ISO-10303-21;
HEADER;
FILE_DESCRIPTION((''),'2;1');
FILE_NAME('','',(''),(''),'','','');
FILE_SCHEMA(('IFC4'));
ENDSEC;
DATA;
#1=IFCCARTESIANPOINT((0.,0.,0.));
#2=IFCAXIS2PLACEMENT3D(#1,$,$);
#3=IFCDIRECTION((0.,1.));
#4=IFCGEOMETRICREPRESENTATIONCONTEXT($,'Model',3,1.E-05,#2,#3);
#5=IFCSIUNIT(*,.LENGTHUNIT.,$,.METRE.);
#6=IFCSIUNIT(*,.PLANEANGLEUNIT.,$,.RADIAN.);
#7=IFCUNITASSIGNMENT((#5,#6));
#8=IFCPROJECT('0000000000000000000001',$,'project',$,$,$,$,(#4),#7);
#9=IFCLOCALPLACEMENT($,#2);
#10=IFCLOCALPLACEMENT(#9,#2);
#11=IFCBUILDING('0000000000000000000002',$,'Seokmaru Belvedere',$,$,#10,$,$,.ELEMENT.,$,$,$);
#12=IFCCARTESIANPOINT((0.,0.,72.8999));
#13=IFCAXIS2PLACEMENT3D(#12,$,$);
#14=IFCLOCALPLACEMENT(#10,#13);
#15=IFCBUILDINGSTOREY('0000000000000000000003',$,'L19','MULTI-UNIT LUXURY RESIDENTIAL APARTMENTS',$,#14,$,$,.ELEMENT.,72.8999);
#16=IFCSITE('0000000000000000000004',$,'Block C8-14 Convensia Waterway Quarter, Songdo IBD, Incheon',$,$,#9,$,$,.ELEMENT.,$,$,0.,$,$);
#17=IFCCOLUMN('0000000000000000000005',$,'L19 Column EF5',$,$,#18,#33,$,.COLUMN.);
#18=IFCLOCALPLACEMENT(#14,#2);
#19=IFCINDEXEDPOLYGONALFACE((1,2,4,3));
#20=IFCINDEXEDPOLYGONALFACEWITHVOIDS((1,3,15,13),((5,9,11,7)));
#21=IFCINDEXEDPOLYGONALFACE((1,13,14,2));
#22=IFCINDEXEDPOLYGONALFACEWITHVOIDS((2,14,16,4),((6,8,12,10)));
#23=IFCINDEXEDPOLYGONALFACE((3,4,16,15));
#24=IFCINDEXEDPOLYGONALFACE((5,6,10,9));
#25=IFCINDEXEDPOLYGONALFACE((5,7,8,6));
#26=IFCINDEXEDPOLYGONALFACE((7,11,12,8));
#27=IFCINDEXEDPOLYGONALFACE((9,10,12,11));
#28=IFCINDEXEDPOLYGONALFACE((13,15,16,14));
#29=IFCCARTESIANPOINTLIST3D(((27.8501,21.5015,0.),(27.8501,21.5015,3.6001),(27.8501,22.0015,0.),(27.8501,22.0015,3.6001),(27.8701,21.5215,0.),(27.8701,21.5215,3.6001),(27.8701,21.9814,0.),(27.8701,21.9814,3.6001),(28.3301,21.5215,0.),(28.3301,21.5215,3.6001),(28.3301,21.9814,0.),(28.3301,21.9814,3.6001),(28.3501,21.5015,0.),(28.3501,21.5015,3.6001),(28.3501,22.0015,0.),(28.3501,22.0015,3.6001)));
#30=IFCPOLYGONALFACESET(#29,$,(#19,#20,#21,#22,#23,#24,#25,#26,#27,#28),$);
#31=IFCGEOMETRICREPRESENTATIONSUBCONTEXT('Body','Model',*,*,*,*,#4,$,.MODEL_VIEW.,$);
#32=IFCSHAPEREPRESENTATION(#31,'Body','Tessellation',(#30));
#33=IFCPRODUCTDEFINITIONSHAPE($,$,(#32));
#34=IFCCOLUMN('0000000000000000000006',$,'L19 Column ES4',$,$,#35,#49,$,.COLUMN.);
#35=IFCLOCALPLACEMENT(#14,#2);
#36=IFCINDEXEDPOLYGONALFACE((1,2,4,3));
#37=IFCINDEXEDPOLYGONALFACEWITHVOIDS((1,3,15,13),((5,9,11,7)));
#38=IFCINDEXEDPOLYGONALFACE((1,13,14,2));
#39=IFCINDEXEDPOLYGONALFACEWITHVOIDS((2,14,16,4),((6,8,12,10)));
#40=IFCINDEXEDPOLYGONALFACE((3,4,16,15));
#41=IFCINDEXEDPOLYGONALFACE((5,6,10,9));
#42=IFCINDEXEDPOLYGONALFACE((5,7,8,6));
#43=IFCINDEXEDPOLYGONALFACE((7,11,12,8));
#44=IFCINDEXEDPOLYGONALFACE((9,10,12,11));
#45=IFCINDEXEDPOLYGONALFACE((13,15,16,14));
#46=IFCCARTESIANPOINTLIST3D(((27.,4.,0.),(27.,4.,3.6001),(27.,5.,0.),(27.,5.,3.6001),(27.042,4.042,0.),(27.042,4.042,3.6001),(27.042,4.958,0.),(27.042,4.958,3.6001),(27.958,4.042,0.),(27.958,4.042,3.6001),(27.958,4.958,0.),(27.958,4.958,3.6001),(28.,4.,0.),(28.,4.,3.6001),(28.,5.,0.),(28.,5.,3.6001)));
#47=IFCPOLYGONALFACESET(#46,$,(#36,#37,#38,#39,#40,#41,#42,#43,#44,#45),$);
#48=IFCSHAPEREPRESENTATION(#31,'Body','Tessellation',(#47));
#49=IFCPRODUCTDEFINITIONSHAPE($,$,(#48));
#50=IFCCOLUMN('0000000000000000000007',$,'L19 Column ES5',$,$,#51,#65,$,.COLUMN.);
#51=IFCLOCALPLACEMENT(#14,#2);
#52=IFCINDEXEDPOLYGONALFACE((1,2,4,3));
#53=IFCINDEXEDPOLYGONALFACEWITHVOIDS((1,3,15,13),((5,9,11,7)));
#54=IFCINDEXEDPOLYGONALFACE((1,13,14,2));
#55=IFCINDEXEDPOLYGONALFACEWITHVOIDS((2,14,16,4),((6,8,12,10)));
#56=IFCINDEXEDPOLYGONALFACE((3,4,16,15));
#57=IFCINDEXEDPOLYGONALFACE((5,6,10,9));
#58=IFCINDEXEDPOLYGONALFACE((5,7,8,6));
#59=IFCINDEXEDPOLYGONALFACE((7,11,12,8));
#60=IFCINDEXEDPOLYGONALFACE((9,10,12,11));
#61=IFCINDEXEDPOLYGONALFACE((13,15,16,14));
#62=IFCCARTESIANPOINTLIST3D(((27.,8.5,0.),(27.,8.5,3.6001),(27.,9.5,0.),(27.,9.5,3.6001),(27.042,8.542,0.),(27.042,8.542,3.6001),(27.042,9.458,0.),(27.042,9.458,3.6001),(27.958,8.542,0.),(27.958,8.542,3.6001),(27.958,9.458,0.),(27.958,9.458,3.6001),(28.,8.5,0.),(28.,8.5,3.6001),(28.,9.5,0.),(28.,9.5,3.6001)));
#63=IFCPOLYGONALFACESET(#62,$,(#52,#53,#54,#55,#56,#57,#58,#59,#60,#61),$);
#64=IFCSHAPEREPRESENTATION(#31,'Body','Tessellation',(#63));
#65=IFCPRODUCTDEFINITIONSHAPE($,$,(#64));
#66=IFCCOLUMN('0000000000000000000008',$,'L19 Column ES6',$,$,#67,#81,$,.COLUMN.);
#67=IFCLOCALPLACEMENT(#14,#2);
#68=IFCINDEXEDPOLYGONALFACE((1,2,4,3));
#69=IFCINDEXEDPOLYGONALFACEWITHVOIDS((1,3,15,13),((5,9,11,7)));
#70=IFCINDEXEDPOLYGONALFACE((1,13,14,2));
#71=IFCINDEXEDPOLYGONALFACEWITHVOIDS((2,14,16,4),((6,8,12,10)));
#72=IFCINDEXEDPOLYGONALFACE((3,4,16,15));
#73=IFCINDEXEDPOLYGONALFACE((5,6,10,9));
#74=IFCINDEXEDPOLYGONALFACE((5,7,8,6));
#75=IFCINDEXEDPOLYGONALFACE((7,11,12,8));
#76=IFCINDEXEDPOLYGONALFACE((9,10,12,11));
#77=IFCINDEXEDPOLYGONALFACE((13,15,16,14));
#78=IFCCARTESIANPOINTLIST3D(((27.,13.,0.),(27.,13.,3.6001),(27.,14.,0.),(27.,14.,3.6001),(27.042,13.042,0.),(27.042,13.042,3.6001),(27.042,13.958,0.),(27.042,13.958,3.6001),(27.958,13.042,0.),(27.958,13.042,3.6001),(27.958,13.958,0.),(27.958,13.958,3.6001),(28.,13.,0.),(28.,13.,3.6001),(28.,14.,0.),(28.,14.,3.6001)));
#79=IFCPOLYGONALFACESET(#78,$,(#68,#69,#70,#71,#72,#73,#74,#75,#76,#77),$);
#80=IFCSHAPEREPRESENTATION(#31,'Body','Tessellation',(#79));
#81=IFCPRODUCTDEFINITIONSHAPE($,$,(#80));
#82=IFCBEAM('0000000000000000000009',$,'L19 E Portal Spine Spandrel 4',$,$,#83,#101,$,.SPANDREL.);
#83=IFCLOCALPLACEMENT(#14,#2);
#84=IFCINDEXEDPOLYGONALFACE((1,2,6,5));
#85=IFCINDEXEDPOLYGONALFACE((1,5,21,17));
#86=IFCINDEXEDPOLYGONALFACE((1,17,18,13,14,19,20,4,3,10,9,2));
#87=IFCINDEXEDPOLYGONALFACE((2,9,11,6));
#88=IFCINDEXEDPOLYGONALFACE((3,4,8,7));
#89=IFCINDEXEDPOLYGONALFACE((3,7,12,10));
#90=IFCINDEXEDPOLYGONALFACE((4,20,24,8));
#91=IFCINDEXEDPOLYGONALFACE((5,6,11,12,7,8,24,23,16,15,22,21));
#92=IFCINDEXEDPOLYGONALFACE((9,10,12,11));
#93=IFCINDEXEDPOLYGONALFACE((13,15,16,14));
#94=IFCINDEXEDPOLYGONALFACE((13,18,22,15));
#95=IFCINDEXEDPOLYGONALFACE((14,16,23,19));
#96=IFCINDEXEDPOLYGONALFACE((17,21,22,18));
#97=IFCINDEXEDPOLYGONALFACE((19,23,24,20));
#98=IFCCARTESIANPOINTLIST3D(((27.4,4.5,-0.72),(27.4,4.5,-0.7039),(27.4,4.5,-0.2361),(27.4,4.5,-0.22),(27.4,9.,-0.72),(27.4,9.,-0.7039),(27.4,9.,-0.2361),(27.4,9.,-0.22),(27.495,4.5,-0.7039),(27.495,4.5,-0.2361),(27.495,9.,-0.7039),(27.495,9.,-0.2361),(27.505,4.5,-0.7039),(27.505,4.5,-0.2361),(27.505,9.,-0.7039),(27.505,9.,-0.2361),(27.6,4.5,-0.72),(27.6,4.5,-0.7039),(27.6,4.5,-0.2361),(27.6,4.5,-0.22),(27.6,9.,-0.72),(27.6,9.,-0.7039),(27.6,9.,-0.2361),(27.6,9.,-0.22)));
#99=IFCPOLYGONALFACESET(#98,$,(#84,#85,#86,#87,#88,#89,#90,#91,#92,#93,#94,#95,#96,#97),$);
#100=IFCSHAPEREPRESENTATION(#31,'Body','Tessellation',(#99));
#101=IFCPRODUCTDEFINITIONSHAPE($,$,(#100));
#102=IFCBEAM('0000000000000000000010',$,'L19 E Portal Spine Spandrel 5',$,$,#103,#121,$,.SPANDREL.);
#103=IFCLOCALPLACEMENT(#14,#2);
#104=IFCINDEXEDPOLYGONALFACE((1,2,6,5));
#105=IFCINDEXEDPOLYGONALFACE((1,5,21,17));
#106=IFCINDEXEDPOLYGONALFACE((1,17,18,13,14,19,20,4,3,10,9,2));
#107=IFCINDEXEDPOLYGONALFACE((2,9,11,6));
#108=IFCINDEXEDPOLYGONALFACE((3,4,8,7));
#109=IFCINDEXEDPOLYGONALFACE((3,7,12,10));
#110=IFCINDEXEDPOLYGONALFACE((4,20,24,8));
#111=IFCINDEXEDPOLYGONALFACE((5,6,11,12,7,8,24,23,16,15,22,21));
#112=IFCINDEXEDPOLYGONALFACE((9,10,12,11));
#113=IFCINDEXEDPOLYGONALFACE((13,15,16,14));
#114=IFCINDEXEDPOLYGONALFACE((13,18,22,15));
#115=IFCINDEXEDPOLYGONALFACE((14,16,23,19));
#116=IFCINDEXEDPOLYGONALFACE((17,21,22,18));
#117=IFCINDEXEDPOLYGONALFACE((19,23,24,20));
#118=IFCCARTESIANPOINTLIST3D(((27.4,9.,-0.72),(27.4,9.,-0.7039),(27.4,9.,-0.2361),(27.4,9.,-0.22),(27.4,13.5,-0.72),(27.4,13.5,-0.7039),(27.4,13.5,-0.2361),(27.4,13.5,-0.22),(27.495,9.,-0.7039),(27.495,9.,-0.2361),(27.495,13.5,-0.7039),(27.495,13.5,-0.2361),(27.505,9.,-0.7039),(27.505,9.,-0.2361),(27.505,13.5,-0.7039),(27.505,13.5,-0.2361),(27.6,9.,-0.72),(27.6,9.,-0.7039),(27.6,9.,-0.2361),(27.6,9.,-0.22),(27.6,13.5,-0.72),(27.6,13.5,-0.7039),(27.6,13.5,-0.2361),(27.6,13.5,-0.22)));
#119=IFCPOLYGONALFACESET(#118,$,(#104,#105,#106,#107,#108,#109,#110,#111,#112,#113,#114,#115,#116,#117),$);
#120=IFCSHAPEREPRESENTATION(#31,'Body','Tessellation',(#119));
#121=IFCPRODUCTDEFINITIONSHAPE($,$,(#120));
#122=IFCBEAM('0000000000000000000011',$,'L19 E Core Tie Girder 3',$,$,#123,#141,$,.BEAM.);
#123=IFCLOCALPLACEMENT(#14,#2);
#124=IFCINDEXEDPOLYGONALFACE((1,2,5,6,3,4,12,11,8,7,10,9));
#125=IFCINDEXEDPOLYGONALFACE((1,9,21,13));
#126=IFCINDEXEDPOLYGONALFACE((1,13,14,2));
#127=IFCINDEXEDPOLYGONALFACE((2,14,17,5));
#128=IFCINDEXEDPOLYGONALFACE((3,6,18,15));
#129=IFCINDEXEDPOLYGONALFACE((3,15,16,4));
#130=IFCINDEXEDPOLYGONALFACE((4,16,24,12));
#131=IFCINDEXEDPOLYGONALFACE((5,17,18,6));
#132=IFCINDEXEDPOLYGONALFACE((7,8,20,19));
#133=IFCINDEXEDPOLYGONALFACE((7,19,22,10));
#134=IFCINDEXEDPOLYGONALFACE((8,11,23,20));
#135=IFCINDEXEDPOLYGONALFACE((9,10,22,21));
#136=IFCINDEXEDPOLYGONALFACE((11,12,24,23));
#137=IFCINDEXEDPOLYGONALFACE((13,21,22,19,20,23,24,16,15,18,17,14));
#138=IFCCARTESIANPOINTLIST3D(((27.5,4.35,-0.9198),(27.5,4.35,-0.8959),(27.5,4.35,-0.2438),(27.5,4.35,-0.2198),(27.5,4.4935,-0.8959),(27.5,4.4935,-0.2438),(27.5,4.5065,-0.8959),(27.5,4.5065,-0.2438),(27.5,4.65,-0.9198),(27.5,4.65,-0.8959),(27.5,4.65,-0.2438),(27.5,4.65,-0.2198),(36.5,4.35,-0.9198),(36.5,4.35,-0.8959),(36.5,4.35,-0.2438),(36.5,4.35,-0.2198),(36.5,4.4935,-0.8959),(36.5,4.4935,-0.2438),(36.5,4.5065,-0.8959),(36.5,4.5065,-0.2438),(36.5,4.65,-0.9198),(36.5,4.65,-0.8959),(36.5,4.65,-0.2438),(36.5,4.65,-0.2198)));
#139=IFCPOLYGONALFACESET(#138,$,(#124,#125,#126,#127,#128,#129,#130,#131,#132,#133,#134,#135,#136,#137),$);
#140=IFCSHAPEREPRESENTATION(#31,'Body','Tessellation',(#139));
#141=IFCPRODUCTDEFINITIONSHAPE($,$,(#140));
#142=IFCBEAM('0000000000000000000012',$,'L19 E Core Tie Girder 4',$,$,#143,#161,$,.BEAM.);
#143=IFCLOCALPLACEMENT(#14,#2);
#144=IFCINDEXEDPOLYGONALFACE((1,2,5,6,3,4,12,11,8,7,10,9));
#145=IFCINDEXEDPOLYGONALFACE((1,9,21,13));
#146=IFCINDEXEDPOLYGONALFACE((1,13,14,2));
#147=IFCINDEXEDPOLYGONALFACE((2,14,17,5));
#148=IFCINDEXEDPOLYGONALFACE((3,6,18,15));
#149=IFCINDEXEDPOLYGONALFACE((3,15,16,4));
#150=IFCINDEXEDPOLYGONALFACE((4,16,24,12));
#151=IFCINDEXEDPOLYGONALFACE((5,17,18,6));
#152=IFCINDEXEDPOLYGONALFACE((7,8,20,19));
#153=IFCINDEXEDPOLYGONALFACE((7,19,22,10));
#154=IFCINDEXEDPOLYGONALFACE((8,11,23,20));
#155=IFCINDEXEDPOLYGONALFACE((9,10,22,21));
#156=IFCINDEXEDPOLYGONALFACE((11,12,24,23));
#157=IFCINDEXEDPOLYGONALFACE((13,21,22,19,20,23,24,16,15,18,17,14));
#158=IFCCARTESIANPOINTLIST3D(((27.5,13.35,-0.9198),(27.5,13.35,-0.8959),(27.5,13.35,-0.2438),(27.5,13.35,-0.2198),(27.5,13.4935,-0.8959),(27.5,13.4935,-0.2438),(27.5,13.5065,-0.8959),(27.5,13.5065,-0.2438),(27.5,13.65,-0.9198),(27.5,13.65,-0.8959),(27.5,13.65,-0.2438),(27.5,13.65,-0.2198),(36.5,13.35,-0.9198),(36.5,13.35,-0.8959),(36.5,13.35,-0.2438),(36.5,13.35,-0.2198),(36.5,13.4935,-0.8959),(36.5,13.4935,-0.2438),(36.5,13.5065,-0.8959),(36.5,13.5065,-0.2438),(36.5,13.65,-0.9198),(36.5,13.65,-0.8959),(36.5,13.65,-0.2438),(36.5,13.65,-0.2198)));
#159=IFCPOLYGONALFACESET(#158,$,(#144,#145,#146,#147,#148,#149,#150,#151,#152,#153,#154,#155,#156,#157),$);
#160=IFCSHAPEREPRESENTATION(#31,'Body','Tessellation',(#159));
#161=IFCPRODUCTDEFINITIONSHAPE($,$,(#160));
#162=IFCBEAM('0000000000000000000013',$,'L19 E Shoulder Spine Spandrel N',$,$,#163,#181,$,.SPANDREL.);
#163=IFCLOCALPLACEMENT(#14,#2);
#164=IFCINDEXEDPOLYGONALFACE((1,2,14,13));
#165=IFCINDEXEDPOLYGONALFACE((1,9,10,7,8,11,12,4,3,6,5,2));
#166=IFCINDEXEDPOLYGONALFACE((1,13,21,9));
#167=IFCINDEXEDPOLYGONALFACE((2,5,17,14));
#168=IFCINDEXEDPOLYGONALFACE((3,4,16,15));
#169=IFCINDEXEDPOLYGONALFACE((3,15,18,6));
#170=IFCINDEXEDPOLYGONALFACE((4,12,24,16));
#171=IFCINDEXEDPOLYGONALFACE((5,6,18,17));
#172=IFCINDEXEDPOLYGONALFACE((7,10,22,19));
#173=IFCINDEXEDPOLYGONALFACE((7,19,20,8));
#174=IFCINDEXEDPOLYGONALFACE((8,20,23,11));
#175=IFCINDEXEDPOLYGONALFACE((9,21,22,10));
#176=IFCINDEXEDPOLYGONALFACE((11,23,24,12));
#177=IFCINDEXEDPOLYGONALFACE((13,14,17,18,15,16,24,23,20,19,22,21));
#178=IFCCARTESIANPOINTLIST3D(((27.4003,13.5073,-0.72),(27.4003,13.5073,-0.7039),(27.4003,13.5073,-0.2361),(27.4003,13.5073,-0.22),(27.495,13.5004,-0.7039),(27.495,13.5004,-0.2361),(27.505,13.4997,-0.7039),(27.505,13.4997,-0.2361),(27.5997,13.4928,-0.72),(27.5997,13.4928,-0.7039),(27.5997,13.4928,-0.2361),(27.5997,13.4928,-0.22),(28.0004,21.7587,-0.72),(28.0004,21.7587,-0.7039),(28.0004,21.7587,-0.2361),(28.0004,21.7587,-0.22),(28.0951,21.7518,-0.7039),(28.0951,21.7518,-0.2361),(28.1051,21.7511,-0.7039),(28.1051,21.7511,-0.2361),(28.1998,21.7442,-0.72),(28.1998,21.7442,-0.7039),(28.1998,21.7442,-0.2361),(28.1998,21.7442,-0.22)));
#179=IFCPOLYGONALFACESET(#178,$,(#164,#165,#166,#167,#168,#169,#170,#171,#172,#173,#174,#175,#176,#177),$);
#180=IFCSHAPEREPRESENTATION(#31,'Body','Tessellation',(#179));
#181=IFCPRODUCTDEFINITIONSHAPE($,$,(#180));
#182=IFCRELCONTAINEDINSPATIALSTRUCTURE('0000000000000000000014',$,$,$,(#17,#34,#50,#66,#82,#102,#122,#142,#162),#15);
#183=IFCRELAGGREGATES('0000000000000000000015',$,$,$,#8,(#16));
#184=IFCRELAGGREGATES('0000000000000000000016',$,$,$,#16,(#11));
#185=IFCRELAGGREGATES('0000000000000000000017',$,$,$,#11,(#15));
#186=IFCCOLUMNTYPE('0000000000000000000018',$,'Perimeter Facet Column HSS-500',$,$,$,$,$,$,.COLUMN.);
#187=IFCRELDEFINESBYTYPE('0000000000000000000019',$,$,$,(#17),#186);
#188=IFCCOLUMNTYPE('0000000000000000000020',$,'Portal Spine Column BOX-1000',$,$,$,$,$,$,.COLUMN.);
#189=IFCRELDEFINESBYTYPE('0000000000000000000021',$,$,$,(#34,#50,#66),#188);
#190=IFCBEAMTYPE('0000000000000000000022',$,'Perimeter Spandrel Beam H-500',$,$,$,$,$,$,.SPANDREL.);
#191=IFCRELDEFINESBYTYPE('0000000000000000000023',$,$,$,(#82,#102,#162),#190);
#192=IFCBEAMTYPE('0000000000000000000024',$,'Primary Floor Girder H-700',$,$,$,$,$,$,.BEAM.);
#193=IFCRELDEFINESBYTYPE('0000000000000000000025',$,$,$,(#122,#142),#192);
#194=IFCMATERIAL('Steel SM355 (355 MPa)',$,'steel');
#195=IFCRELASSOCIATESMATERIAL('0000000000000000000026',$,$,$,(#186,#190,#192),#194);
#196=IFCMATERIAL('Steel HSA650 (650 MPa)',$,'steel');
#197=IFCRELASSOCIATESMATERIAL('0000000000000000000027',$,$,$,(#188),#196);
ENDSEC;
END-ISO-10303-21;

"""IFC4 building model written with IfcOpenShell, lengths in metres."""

from ifc_helpers import new_model, si_unit, direction, frame, origin, origin_2d, place, context, subcontext, project, spatial, hollow_rectangle, i_section, extrude, source, transform, mapped, material, material_profile, profile_set, type_object, type_shapes, element, save


model = new_model("IFC4")

# Units and contexts
model_context = context("Model", 3, precision=1e-05, world=origin(), true_north=direction((0.0, 1.0)))
body_context = subcontext(model_context, "Body", "Model", "MODEL_VIEW")
ifc_project = project(units=[si_unit("LENGTHUNIT", "METRE"), si_unit("PLANEANGLEUNIT", "RADIAN")], contexts=[model_context])

# Site, building, storey
site_placement = place(None, origin())
site = spatial("IfcSite", under=ifc_project, at=site_placement, Name="Block C8-14 Convensia Waterway Quarter, Songdo IBD, Incheon", CompositionType="ELEMENT", RefElevation=0.0)
building_placement = place(site_placement, origin())
building = spatial("IfcBuilding", under=site, at=building_placement, Name="Seokmaru Belvedere", CompositionType="ELEMENT")
storey_placement = place(building_placement, frame((0.0, 0.0, 72.8999)))
storey = spatial("IfcBuildingStorey", under=building, at=storey_placement, Name="L19", Description="MULTI-UNIT LUXURY RESIDENTIAL APARTMENTS", CompositionType="ELEMENT", Elevation=72.8999)

# Columns
ifc_material_1 = material(Name="Steel SM355 (355 MPa)", Category="steel")
ifc_material_profile_1 = material_profile(ifc_material_1, hollow_rectangle(XDim=0.5, YDim=0.5, WallThickness=0.02, at=origin_2d()), Name="HSS-500x500x20")
ifc_profile_set_1 = profile_set([ifc_material_profile_1], Name="Steel SM355 (355 MPa)")
column_type_1 = type_object("IfcColumnType", Name="Perimeter Facet Column HSS-500", PredefinedType="COLUMN", material=ifc_profile_set_1)
shared_shape_1 = source(origin(), body_context, "Body", "SweptSolid", [
    extrude(hollow_rectangle(XDim=0.5, YDim=0.5, WallThickness=0.02, at=origin_2d()), origin(), (0.0, 0.0, 1.0), 3.6001),
])
type_shapes(column_type_1, [shared_shape_1])
column_placement = place(storey_placement, frame((28.1001, 21.7515, 0.0), z_axis=(0.0, 0.0, 1.0), x_axis=(1.0, 0.0, 0.0)))
element("IfcColumn", 1, at=column_placement, inside=storey, type_object=column_type_1, Name="L19 Column EF5", PredefinedType="COLUMN", context=body_context, shape_type="MappedRepresentation", body=[
    mapped(shared_shape_1, transform((0.0, 0.0, 0.0), scale=1.0)),
])
ifc_material_2 = material(Name="Steel HSA650 (650 MPa)", Category="steel")
ifc_material_profile_2 = material_profile(ifc_material_2, hollow_rectangle(XDim=1.0, YDim=1.0, WallThickness=0.042, at=origin_2d()), Name="BOX-1000x1000x42")
ifc_profile_set_2 = profile_set([ifc_material_profile_2], Name="Steel HSA650 (650 MPa)")
column_type_2 = type_object("IfcColumnType", Name="Portal Spine Column BOX-1000", PredefinedType="COLUMN", material=ifc_profile_set_2)
shared_shape_2 = source(origin(), body_context, "Body", "SweptSolid", [
    extrude(hollow_rectangle(XDim=1.0, YDim=1.0, WallThickness=0.042, at=origin_2d()), origin(), (0.0, 0.0, 1.0), 3.6001),
])
type_shapes(column_type_2, [shared_shape_2])
for number, where, z_axis, x_axis, name in (
    (2, (27.5, 4.5, 0.0), (0.0, 0.0, 1.0), (1.0, 0.0, 0.0), "L19 Column ES4"),
    (3, (27.5, 9.0, 0.0), (0.0, 0.0, 1.0), (1.0, 0.0, 0.0), "L19 Column ES5"),
    (4, (27.5, 13.5, 0.0), (0.0, 0.0, 1.0), (1.0, 0.0, 0.0), "L19 Column ES6"),
):
    element("IfcColumn", number, at=place(storey_placement, frame(where, z_axis=z_axis, x_axis=x_axis)), inside=storey, type_object=column_type_2, Name=name, PredefinedType="COLUMN", context=body_context, shape_type="MappedRepresentation", body=[
        mapped(shared_shape_2, transform((0.0, 0.0, 0.0), scale=1.0)),
    ])

# Beams
ifc_material_profile_3 = material_profile(ifc_material_1, i_section(OverallWidth=0.2, OverallDepth=0.5, WebThickness=0.01, FlangeThickness=0.0161, at=origin_2d()), Name="H-500x200x10x16")
ifc_profile_set_3 = profile_set([ifc_material_profile_3], Name="Steel SM355 (355 MPa)")
beam_type_1 = type_object("IfcBeamType", Name="Perimeter Spandrel Beam H-500", PredefinedType="SPANDREL", material=ifc_profile_set_3)
shared_shape_3 = source(origin(), body_context, "Body", "SweptSolid", [
    extrude(i_section(OverallWidth=0.2, OverallDepth=0.5, WebThickness=0.01, FlangeThickness=0.0161, at=origin_2d()), origin(), (0.0, 0.0, 1.0), 4.5),
])
for number, where, z_axis, x_axis, name in (
    (5, (27.5, 4.5, -0.47), (0.0, 1.0, 0.0), (-1.0, 0.0, 0.0), "L19 E Portal Spine Spandrel 4"),
    (6, (27.5, 9.0, -0.47), (0.0, 1.0, 0.0), (-1.0, 0.0, 0.0), "L19 E Portal Spine Spandrel 5"),
):
    element("IfcBeam", number, at=place(storey_placement, frame(where, z_axis=z_axis, x_axis=x_axis)), inside=storey, type_object=beam_type_1, Name=name, PredefinedType="SPANDREL", context=body_context, shape_type="MappedRepresentation", body=[
        mapped(shared_shape_3, transform((0.0, 0.0, 0.0), scale=1.0)),
    ])
ifc_material_profile_4 = material_profile(ifc_material_1, i_section(OverallWidth=0.3, OverallDepth=0.7, WebThickness=0.0129, FlangeThickness=0.0239, at=origin_2d()), Name="H-700x300x13x24")
ifc_profile_set_4 = profile_set([ifc_material_profile_4], Name="Steel SM355 (355 MPa)")
beam_type_2 = type_object("IfcBeamType", Name="Primary Floor Girder H-700", PredefinedType="BEAM", material=ifc_profile_set_4)
shared_shape_4 = source(origin(), body_context, "Body", "SweptSolid", [
    extrude(i_section(OverallWidth=0.3, OverallDepth=0.7, WebThickness=0.0129, FlangeThickness=0.0239, at=origin_2d()), origin(), (0.0, 0.0, 1.0), 9.0),
])
type_shapes(beam_type_2, [shared_shape_4])
for number, where, z_axis, x_axis, name in (
    (7, (27.5, 4.5, -0.5698), (1.0, 0.0, 0.0), (0.0, 1.0, 0.0), "L19 E Core Tie Girder 3"),
    (8, (27.5, 13.5, -0.5698), (1.0, 0.0, 0.0), (0.0, 1.0, 0.0), "L19 E Core Tie Girder 4"),
):
    element("IfcBeam", number, at=place(storey_placement, frame(where, z_axis=z_axis, x_axis=x_axis)), inside=storey, type_object=beam_type_2, Name=name, PredefinedType="BEAM", context=body_context, shape_type="MappedRepresentation", body=[
        mapped(shared_shape_4, transform((0.0, 0.0, 0.0), scale=1.0)),
    ])
shared_shape_5 = source(origin(), body_context, "Body", "SweptSolid", [
    extrude(i_section(OverallWidth=0.2, OverallDepth=0.5, WebThickness=0.01, FlangeThickness=0.0161, at=origin_2d()), origin(), (0.0, 0.0, 1.0), 8.2732),
])
type_shapes(beam_type_1, [shared_shape_3, shared_shape_5])
beam_placement = place(storey_placement, frame((28.1001, 21.7515, -0.47), z_axis=(-0.072535, -0.997366, 0.0), x_axis=(0.997366, -0.072535, 0.0)))
element("IfcBeam", 9, at=beam_placement, inside=storey, type_object=beam_type_1, Name="L19 E Shoulder Spine Spandrel N", PredefinedType="SPANDREL", context=body_context, shape_type="MappedRepresentation", body=[
    mapped(shared_shape_5, transform((0.0, 0.0, 0.0), scale=1.0)),
])

save(model, "model.ifc")
